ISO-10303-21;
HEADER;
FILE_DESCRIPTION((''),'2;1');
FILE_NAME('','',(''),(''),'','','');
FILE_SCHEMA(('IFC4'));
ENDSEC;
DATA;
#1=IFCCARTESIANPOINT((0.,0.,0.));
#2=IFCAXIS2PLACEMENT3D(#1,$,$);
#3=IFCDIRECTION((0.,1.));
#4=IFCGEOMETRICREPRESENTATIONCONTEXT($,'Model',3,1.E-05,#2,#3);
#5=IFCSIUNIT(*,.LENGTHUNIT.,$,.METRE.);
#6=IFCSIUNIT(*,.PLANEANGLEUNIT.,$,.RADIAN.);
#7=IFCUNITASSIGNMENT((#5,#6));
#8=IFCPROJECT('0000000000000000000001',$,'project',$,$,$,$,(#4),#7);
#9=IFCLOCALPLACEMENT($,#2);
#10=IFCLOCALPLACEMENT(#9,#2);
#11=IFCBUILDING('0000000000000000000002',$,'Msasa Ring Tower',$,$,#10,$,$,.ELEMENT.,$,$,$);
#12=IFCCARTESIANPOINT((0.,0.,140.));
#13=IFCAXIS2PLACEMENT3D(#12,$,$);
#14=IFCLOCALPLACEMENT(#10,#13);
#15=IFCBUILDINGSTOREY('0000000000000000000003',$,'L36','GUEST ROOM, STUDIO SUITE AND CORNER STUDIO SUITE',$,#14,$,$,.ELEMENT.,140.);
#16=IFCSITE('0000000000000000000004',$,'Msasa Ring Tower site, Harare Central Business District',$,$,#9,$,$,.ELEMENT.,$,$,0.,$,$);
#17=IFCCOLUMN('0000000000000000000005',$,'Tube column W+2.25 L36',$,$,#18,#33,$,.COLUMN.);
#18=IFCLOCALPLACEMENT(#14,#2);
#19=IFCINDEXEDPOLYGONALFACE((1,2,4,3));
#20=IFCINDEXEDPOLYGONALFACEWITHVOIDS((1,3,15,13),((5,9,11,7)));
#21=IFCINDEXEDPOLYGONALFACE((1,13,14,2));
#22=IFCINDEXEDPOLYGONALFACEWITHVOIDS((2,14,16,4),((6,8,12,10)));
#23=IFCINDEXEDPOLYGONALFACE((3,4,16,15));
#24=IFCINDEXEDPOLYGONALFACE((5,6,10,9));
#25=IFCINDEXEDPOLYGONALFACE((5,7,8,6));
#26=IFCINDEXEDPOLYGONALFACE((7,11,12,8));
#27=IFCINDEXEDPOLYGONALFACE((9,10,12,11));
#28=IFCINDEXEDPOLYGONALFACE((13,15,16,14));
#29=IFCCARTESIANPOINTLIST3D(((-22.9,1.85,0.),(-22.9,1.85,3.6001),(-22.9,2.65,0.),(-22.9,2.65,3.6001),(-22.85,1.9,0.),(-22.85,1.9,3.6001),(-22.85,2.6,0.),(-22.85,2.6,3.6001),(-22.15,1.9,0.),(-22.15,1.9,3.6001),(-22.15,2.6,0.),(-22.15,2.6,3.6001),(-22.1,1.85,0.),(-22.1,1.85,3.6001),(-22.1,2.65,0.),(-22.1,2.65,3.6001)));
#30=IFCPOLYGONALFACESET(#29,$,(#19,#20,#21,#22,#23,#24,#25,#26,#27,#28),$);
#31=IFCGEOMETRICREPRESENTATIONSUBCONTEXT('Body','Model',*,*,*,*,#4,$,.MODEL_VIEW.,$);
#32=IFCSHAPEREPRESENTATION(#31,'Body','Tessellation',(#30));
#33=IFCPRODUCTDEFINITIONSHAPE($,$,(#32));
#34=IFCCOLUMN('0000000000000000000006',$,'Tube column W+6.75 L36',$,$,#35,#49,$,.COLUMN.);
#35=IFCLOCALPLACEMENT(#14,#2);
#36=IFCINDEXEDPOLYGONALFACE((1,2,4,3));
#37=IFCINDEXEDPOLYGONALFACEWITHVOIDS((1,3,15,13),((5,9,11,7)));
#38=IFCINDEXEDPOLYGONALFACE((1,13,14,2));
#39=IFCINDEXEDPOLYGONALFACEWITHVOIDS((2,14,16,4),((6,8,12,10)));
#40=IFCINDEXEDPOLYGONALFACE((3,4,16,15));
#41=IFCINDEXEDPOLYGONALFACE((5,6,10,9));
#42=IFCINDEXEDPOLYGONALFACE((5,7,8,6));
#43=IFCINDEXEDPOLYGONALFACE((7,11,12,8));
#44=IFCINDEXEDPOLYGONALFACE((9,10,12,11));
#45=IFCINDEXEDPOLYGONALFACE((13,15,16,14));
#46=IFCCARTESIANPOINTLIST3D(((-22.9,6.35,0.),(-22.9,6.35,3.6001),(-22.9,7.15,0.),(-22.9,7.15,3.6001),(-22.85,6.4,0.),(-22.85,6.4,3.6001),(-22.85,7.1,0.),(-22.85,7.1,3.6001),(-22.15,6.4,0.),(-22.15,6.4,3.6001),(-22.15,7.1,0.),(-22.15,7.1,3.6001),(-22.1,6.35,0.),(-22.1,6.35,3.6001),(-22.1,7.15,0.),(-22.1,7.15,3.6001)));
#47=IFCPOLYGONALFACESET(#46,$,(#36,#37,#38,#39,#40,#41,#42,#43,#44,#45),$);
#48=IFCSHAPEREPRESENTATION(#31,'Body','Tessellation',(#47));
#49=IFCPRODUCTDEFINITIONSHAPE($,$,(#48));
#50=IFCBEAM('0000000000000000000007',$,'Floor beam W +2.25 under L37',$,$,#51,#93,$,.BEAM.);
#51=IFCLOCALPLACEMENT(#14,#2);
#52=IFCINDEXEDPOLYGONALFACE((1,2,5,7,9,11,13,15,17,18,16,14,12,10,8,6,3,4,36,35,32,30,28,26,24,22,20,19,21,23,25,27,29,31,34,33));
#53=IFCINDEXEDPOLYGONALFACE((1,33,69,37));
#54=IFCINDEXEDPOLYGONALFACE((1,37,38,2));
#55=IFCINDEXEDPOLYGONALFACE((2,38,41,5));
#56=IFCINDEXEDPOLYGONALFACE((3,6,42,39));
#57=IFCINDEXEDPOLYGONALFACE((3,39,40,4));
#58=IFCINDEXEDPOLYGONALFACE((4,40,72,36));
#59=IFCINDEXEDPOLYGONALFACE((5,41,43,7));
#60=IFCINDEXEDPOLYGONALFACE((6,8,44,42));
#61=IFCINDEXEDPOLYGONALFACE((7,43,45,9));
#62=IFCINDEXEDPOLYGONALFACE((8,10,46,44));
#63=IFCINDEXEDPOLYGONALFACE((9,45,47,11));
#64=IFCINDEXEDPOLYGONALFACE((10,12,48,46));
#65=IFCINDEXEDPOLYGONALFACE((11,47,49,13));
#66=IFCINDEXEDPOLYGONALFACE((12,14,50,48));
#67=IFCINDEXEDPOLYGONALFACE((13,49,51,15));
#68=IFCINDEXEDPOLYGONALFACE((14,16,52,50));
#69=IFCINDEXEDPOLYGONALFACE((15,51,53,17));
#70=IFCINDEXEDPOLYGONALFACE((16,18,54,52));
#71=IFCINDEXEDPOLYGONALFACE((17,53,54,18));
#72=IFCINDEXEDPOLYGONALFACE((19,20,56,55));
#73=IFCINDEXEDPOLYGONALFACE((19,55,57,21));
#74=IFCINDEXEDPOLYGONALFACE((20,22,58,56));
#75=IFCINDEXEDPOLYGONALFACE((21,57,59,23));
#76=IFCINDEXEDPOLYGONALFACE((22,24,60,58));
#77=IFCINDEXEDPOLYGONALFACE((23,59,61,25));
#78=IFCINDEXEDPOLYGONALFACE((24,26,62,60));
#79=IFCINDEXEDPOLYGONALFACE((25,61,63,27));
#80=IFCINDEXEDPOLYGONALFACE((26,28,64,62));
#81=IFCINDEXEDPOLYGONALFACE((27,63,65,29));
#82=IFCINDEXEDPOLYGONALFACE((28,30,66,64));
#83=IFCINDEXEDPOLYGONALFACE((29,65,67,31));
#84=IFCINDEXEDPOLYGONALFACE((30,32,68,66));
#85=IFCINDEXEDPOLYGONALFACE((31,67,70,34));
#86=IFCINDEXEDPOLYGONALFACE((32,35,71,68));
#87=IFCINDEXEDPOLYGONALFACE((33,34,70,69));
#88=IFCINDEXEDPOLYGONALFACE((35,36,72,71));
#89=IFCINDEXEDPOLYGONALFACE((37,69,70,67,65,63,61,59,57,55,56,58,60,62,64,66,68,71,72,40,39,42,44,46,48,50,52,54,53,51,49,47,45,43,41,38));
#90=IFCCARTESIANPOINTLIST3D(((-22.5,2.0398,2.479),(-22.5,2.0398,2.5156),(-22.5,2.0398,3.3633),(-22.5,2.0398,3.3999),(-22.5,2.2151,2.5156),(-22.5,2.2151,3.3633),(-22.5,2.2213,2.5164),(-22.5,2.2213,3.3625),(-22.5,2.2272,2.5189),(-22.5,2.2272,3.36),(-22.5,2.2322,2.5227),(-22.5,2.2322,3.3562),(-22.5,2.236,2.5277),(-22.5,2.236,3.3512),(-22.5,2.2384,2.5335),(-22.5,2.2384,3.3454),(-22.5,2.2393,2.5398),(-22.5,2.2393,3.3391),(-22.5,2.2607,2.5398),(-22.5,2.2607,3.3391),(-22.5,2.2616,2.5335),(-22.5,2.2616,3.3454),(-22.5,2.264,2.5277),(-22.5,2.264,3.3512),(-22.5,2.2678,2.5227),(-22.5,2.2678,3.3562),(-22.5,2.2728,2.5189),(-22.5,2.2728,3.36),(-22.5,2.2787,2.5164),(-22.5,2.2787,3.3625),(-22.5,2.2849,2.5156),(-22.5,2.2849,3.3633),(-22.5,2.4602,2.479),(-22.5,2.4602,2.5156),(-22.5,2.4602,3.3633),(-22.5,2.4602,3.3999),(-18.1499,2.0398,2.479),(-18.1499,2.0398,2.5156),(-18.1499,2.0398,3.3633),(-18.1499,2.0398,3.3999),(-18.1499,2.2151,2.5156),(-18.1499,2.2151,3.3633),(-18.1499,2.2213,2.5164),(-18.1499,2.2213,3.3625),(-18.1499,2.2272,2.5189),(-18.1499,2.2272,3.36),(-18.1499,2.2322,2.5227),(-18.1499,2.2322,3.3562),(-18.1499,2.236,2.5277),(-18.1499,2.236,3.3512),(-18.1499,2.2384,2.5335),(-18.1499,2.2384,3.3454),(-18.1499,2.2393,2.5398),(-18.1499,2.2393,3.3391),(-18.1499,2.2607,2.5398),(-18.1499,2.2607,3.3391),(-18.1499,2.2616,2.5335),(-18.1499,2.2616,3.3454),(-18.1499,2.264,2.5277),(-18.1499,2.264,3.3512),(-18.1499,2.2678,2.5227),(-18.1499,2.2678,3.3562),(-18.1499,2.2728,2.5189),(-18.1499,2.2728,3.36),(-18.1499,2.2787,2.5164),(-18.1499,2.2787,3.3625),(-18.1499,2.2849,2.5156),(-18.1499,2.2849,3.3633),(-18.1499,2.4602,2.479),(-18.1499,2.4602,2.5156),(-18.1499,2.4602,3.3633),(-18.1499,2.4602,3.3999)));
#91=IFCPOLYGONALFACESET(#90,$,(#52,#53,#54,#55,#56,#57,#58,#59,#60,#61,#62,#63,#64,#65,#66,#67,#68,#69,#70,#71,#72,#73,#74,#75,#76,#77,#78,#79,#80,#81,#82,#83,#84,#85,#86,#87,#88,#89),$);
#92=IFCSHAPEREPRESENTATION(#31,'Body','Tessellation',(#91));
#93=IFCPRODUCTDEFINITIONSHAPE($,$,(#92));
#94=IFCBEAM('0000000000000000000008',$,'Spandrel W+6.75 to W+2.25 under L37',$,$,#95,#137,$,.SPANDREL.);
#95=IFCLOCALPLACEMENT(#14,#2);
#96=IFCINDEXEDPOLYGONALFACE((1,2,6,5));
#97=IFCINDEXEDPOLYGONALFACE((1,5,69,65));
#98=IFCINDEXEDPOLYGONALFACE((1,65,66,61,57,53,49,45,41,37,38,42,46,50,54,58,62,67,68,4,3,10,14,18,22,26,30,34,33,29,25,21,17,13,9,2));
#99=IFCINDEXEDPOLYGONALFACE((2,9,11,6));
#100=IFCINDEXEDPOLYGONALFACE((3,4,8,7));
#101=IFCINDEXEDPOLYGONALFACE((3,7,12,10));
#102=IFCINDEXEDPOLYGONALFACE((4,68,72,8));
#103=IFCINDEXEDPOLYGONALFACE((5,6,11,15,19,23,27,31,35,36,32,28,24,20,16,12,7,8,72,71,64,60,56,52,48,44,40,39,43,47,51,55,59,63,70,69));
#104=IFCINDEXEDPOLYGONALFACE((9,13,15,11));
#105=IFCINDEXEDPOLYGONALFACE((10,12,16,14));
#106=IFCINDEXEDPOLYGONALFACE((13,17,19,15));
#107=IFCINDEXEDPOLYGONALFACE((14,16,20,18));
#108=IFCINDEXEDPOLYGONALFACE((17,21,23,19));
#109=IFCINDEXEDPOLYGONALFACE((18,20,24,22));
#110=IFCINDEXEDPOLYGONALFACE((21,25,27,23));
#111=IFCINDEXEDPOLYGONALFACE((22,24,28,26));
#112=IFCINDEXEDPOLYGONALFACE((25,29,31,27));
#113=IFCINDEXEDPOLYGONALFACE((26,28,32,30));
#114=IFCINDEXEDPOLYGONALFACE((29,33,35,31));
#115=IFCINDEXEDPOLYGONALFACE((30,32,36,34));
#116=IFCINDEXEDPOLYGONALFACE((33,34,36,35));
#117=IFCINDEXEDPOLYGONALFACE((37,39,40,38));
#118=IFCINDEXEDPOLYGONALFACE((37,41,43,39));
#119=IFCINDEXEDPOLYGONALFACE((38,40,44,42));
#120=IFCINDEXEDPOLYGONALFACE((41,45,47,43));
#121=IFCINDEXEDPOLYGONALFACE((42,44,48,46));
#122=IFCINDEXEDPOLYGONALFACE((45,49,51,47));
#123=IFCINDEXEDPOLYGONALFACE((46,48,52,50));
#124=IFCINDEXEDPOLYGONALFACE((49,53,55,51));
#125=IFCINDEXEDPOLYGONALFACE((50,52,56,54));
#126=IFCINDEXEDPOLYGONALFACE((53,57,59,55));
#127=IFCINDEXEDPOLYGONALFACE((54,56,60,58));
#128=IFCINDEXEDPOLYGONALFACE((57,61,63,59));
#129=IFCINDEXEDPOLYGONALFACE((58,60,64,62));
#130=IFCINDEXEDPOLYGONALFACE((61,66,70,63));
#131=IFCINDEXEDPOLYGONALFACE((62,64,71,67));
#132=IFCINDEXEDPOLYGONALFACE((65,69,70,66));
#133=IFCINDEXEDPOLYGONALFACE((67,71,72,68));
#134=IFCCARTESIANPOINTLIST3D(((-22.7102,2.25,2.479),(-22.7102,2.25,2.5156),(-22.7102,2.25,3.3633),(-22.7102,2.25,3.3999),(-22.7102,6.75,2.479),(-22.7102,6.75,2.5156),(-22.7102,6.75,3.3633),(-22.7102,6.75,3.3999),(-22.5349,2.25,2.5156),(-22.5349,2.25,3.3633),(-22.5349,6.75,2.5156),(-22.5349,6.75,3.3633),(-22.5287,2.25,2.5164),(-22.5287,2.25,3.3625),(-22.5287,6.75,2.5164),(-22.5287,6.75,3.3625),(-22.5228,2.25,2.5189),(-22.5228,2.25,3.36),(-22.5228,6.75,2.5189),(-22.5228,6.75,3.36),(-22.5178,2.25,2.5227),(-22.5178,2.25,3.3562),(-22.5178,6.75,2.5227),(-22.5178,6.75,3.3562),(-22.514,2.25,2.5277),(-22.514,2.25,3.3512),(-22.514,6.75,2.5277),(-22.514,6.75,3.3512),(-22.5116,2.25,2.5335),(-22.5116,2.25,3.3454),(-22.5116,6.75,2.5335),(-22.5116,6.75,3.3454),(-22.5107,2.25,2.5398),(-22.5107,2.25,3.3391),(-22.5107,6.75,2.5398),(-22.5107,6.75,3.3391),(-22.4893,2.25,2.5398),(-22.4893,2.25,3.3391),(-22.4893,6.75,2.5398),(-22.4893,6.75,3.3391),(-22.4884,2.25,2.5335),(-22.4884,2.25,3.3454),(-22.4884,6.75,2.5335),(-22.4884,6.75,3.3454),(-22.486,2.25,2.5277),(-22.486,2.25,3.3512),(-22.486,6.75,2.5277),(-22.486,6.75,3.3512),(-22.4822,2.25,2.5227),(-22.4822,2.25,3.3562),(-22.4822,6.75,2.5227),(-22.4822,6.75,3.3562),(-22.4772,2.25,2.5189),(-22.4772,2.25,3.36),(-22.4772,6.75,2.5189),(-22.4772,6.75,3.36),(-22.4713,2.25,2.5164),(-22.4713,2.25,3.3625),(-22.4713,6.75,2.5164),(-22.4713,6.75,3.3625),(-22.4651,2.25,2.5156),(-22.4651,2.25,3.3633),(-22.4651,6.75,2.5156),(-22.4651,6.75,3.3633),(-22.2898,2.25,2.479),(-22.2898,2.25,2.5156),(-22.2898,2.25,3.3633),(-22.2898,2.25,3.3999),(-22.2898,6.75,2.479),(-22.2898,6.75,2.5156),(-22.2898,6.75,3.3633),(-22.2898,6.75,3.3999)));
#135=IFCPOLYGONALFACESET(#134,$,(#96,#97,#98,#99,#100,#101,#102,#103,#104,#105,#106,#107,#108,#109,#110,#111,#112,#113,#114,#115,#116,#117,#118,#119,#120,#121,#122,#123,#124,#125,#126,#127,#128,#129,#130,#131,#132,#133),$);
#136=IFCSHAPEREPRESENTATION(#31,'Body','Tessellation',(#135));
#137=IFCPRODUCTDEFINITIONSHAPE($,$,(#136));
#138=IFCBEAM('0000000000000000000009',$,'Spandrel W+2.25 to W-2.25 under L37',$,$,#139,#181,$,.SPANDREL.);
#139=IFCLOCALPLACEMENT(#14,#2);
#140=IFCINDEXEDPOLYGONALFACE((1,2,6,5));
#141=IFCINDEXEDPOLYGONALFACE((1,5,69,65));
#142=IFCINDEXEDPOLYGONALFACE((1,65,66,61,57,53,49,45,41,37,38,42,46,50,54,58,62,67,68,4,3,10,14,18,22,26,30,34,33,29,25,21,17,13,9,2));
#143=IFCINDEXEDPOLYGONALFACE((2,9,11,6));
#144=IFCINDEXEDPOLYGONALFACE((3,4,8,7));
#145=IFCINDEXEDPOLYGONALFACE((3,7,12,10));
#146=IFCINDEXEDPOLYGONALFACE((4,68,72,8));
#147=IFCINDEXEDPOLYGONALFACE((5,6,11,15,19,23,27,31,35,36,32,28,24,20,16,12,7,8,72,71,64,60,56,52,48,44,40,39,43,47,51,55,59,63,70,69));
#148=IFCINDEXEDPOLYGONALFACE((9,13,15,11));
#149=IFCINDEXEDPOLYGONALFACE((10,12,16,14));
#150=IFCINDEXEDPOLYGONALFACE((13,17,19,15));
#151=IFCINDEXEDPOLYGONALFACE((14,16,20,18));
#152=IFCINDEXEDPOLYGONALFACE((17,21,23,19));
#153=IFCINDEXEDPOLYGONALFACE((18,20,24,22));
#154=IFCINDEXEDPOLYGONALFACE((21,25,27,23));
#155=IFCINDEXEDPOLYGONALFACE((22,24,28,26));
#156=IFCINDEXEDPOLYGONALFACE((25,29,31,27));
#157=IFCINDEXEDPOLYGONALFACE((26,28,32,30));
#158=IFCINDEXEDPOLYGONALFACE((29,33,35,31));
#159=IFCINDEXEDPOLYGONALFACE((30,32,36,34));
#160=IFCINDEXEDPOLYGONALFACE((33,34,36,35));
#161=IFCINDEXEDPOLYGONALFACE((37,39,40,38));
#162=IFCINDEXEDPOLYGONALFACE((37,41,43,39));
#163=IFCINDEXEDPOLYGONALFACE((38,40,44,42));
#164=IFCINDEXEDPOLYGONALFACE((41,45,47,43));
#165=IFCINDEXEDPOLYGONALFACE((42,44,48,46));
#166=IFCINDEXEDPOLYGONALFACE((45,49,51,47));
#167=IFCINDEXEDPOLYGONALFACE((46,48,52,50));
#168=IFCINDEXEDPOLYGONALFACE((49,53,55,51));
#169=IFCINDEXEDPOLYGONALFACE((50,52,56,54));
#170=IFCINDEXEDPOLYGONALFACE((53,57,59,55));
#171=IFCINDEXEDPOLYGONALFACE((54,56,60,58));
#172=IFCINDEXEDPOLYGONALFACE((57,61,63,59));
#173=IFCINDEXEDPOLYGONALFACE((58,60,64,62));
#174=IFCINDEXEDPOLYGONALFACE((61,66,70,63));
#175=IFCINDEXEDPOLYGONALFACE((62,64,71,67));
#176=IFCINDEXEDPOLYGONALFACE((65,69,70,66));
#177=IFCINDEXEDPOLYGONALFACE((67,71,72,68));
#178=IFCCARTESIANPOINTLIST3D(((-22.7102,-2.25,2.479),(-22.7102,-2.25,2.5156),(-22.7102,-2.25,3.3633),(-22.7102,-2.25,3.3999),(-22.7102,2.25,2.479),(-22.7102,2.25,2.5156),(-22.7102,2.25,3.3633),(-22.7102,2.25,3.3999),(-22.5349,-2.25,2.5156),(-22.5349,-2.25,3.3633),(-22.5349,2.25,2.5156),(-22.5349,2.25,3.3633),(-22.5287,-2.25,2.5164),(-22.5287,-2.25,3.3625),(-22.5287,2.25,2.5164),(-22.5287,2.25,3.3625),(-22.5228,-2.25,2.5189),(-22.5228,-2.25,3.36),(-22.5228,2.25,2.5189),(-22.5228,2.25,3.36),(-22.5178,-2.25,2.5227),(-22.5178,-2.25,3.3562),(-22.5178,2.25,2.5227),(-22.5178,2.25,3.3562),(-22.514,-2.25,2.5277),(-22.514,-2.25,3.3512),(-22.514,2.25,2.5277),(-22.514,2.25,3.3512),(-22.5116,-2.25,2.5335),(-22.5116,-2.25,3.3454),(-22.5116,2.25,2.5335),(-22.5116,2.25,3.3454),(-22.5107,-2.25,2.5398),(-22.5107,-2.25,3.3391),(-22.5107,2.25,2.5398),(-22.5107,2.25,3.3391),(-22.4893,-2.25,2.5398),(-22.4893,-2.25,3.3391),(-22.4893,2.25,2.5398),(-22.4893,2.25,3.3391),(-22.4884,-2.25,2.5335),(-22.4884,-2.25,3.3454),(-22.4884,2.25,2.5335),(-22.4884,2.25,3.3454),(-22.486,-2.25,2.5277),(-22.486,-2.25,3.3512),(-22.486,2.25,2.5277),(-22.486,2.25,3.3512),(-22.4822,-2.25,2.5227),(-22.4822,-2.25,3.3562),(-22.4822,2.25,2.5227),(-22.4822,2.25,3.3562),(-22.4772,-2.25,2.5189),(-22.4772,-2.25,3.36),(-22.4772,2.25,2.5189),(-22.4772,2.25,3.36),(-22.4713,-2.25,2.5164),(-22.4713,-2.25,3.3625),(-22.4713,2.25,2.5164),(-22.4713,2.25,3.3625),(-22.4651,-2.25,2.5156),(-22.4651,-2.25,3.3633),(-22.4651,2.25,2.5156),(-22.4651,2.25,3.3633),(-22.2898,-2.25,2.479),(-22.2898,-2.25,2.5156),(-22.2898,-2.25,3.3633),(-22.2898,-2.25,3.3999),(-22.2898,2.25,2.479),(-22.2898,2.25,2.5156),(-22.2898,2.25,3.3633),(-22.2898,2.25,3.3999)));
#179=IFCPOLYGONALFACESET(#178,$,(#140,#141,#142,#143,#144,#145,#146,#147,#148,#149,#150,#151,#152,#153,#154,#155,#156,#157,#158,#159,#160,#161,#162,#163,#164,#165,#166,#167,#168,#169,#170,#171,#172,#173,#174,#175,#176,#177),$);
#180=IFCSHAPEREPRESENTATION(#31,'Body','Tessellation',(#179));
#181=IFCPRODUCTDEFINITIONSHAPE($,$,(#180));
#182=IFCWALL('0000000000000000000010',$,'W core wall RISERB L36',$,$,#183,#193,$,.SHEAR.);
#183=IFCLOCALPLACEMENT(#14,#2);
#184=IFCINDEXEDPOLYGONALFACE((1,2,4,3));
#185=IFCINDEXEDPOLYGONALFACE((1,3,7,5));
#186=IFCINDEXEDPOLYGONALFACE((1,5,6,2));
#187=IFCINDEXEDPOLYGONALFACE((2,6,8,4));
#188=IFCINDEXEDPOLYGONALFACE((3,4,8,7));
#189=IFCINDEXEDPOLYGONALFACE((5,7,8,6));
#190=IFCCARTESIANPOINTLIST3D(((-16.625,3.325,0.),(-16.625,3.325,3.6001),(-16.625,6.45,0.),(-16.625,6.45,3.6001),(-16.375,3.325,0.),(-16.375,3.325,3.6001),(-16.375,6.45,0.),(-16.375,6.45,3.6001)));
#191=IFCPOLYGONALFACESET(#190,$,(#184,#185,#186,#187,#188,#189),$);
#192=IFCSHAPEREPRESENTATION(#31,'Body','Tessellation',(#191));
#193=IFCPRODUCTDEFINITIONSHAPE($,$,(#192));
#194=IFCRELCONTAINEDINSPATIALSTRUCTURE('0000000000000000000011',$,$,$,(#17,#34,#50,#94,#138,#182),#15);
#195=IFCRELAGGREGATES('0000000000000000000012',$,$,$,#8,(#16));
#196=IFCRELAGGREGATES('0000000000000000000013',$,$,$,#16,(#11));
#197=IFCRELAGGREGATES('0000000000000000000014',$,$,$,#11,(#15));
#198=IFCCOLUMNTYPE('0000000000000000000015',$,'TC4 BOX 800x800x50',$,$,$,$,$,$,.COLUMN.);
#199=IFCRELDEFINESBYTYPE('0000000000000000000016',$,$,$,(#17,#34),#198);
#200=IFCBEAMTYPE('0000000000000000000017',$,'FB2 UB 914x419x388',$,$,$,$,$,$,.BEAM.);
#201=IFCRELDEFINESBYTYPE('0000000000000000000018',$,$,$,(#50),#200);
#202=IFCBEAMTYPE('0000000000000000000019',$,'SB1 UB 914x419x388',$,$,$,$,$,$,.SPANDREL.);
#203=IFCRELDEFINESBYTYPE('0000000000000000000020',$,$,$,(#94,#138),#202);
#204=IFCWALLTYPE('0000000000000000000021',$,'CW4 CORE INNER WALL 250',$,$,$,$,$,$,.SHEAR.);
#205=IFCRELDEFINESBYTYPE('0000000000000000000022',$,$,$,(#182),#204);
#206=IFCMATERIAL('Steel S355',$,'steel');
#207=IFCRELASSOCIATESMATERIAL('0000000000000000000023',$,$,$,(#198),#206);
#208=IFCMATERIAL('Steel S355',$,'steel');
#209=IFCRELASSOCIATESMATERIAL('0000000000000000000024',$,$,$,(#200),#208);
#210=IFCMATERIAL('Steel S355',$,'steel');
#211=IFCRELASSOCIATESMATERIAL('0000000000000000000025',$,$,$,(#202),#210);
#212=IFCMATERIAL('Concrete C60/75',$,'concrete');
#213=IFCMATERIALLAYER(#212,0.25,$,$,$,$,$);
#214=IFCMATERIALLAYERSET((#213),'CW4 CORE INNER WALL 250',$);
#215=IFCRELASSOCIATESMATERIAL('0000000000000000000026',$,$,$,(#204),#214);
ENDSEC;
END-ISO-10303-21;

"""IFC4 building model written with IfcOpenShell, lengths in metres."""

from ifc_helpers import new_model, si_unit, direction, frame, frame_2d, origin, origin_2d, place, context, subcontext, project, spatial, rectangle, hollow_rectangle, i_section, extrude, material, layer, layer_set, material_profile, profile_set, type_object, element, save


model = new_model("IFC4")

# Units and contexts
model_context = context("Model", 3, precision=1e-05, world=origin(), true_north=direction((0.0, 1.0)))
body_context = subcontext(model_context, "Body", "Model", "MODEL_VIEW")
ifc_project = project(units=[si_unit("LENGTHUNIT", "METRE"), si_unit("PLANEANGLEUNIT", "RADIAN")], contexts=[model_context])

# Site, building, storey
site_placement = place(None, origin())
site = spatial("IfcSite", under=ifc_project, at=site_placement, Name="Msasa Ring Tower site, Harare Central Business District", CompositionType="ELEMENT", RefElevation=0.0)
building_placement = place(site_placement, origin())
building = spatial("IfcBuilding", under=site, at=building_placement, Name="Msasa Ring Tower", CompositionType="ELEMENT")
storey_placement = place(building_placement, frame((0.0, 0.0, 140.0)))
storey = spatial("IfcBuildingStorey", under=building, at=storey_placement, Name="L36", Description="GUEST ROOM, STUDIO SUITE AND CORNER STUDIO SUITE", CompositionType="ELEMENT", Elevation=140.0)

# Columns
ifc_material_1 = material(Name="Steel S355", Category="steel")
ifc_material_profile_1 = material_profile(ifc_material_1, hollow_rectangle(XDim=0.8, YDim=0.8, WallThickness=0.05, at=origin_2d()), Name="BOX 800x800x50")
ifc_profile_set_1 = profile_set([ifc_material_profile_1], Name="Steel S355")
column_type = type_object("IfcColumnType", Name="TC4 BOX 800x800x50", PredefinedType="COLUMN", material=ifc_profile_set_1)
for number, where, z_axis, x_axis, name in (
    (1, (-22.5, 2.25, 0.0), (0.0, 0.0, 1.0), (1.0, 0.0, 0.0), "Tube column W+2.25 L36"),
    (2, (-22.5, 6.75, 0.0), (0.0, 0.0, 1.0), (1.0, 0.0, 0.0), "Tube column W+6.75 L36"),
):
    element("IfcColumn", number, at=place(storey_placement, frame(where, z_axis=z_axis, x_axis=x_axis)), inside=storey, type_object=column_type, Name=name, PredefinedType="COLUMN", context=body_context, shape_type="SweptSolid", body=[
        extrude(hollow_rectangle(XDim=0.8, YDim=0.8, WallThickness=0.05, at=origin_2d()), origin(), (0.0, 0.0, 1.0), 3.6001),
    ])

# Beams
ifc_material_2 = material(Name="Steel S355", Category="steel")
ifc_material_profile_2 = material_profile(ifc_material_2, i_section(OverallWidth=0.4204, OverallDepth=0.9209, WebThickness=0.0215, FlangeThickness=0.0366, FilletRadius=0.0242, at=origin_2d()), Name="UB 914x419x388")
ifc_profile_set_2 = profile_set([ifc_material_profile_2], Name="Steel S355")
beam_type_1 = type_object("IfcBeamType", Name="FB2 UB 914x419x388", PredefinedType="BEAM", material=ifc_profile_set_2)
beam_placement = place(storey_placement, frame((-22.5, 2.25, 2.9395), z_axis=(1.0, 0.0, 0.0), x_axis=(0.0, 1.0, 0.0)))
element("IfcBeam", 3, at=beam_placement, inside=storey, type_object=beam_type_1, Name="Floor beam W +2.25 under L37", PredefinedType="BEAM", context=body_context, shape_type="SweptSolid", body=[
    extrude(i_section(OverallWidth=0.4204, OverallDepth=0.9209, WebThickness=0.0215, FlangeThickness=0.0366, FilletRadius=0.0242, at=origin_2d()), origin(), (0.0, 0.0, 1.0), 4.3501),
])
ifc_material_3 = material(Name="Steel S355", Category="steel")
ifc_material_profile_3 = material_profile(ifc_material_3, i_section(OverallWidth=0.4204, OverallDepth=0.9209, WebThickness=0.0215, FlangeThickness=0.0366, FilletRadius=0.0242, at=origin_2d()), Name="UB 914x419x388")
ifc_profile_set_3 = profile_set([ifc_material_profile_3], Name="Steel S355")
beam_type_2 = type_object("IfcBeamType", Name="SB1 UB 914x419x388", PredefinedType="SPANDREL", material=ifc_profile_set_3)
for number, where, z_axis, x_axis, name in (
    (4, (-22.5, 6.75, 2.9395), (0.0, -1.0, 0.0), (1.0, 0.0, 0.0), "Spandrel W+6.75 to W+2.25 under L37"),
    (5, (-22.5, 2.25, 2.9395), (0.0, -1.0, 0.0), (1.0, 0.0, 0.0), "Spandrel W+2.25 to W-2.25 under L37"),
):
    element("IfcBeam", number, at=place(storey_placement, frame(where, z_axis=z_axis, x_axis=x_axis)), inside=storey, type_object=beam_type_2, Name=name, PredefinedType="SPANDREL", context=body_context, shape_type="SweptSolid", body=[
        extrude(i_section(OverallWidth=0.4204, OverallDepth=0.9209, WebThickness=0.0215, FlangeThickness=0.0366, FilletRadius=0.0242, at=origin_2d()), origin(), (0.0, 0.0, 1.0), 4.5),
    ])

# Wall
ifc_material_4 = material(Name="Concrete C60/75", Category="concrete")
ifc_layer_1 = layer(ifc_material_4, 0.25)
ifc_layer_set_1 = layer_set([ifc_layer_1], Name="CW4 CORE INNER WALL 250")
wall_type_1 = type_object("IfcWallType", Name="CW4 CORE INNER WALL 250", PredefinedType="SHEAR", material=ifc_layer_set_1)
wall_1_placement = place(storey_placement, frame((-16.5, 3.325, 0.0), z_axis=(0.0, 0.0, 1.0), x_axis=(0.0, 1.0, 0.0)))
element("IfcWall", 6, at=wall_1_placement, inside=storey, type_object=wall_type_1, Name="W core wall RISERB L36", PredefinedType="SHEAR", context=body_context, shape_type="SweptSolid", body=[
    extrude(rectangle(XDim=3.125, YDim=0.25, at=frame_2d((1.5625, 0.0))), origin(), (0.0, 0.0, 1.0), 3.6001),
])

save(model, "model.ifc")
